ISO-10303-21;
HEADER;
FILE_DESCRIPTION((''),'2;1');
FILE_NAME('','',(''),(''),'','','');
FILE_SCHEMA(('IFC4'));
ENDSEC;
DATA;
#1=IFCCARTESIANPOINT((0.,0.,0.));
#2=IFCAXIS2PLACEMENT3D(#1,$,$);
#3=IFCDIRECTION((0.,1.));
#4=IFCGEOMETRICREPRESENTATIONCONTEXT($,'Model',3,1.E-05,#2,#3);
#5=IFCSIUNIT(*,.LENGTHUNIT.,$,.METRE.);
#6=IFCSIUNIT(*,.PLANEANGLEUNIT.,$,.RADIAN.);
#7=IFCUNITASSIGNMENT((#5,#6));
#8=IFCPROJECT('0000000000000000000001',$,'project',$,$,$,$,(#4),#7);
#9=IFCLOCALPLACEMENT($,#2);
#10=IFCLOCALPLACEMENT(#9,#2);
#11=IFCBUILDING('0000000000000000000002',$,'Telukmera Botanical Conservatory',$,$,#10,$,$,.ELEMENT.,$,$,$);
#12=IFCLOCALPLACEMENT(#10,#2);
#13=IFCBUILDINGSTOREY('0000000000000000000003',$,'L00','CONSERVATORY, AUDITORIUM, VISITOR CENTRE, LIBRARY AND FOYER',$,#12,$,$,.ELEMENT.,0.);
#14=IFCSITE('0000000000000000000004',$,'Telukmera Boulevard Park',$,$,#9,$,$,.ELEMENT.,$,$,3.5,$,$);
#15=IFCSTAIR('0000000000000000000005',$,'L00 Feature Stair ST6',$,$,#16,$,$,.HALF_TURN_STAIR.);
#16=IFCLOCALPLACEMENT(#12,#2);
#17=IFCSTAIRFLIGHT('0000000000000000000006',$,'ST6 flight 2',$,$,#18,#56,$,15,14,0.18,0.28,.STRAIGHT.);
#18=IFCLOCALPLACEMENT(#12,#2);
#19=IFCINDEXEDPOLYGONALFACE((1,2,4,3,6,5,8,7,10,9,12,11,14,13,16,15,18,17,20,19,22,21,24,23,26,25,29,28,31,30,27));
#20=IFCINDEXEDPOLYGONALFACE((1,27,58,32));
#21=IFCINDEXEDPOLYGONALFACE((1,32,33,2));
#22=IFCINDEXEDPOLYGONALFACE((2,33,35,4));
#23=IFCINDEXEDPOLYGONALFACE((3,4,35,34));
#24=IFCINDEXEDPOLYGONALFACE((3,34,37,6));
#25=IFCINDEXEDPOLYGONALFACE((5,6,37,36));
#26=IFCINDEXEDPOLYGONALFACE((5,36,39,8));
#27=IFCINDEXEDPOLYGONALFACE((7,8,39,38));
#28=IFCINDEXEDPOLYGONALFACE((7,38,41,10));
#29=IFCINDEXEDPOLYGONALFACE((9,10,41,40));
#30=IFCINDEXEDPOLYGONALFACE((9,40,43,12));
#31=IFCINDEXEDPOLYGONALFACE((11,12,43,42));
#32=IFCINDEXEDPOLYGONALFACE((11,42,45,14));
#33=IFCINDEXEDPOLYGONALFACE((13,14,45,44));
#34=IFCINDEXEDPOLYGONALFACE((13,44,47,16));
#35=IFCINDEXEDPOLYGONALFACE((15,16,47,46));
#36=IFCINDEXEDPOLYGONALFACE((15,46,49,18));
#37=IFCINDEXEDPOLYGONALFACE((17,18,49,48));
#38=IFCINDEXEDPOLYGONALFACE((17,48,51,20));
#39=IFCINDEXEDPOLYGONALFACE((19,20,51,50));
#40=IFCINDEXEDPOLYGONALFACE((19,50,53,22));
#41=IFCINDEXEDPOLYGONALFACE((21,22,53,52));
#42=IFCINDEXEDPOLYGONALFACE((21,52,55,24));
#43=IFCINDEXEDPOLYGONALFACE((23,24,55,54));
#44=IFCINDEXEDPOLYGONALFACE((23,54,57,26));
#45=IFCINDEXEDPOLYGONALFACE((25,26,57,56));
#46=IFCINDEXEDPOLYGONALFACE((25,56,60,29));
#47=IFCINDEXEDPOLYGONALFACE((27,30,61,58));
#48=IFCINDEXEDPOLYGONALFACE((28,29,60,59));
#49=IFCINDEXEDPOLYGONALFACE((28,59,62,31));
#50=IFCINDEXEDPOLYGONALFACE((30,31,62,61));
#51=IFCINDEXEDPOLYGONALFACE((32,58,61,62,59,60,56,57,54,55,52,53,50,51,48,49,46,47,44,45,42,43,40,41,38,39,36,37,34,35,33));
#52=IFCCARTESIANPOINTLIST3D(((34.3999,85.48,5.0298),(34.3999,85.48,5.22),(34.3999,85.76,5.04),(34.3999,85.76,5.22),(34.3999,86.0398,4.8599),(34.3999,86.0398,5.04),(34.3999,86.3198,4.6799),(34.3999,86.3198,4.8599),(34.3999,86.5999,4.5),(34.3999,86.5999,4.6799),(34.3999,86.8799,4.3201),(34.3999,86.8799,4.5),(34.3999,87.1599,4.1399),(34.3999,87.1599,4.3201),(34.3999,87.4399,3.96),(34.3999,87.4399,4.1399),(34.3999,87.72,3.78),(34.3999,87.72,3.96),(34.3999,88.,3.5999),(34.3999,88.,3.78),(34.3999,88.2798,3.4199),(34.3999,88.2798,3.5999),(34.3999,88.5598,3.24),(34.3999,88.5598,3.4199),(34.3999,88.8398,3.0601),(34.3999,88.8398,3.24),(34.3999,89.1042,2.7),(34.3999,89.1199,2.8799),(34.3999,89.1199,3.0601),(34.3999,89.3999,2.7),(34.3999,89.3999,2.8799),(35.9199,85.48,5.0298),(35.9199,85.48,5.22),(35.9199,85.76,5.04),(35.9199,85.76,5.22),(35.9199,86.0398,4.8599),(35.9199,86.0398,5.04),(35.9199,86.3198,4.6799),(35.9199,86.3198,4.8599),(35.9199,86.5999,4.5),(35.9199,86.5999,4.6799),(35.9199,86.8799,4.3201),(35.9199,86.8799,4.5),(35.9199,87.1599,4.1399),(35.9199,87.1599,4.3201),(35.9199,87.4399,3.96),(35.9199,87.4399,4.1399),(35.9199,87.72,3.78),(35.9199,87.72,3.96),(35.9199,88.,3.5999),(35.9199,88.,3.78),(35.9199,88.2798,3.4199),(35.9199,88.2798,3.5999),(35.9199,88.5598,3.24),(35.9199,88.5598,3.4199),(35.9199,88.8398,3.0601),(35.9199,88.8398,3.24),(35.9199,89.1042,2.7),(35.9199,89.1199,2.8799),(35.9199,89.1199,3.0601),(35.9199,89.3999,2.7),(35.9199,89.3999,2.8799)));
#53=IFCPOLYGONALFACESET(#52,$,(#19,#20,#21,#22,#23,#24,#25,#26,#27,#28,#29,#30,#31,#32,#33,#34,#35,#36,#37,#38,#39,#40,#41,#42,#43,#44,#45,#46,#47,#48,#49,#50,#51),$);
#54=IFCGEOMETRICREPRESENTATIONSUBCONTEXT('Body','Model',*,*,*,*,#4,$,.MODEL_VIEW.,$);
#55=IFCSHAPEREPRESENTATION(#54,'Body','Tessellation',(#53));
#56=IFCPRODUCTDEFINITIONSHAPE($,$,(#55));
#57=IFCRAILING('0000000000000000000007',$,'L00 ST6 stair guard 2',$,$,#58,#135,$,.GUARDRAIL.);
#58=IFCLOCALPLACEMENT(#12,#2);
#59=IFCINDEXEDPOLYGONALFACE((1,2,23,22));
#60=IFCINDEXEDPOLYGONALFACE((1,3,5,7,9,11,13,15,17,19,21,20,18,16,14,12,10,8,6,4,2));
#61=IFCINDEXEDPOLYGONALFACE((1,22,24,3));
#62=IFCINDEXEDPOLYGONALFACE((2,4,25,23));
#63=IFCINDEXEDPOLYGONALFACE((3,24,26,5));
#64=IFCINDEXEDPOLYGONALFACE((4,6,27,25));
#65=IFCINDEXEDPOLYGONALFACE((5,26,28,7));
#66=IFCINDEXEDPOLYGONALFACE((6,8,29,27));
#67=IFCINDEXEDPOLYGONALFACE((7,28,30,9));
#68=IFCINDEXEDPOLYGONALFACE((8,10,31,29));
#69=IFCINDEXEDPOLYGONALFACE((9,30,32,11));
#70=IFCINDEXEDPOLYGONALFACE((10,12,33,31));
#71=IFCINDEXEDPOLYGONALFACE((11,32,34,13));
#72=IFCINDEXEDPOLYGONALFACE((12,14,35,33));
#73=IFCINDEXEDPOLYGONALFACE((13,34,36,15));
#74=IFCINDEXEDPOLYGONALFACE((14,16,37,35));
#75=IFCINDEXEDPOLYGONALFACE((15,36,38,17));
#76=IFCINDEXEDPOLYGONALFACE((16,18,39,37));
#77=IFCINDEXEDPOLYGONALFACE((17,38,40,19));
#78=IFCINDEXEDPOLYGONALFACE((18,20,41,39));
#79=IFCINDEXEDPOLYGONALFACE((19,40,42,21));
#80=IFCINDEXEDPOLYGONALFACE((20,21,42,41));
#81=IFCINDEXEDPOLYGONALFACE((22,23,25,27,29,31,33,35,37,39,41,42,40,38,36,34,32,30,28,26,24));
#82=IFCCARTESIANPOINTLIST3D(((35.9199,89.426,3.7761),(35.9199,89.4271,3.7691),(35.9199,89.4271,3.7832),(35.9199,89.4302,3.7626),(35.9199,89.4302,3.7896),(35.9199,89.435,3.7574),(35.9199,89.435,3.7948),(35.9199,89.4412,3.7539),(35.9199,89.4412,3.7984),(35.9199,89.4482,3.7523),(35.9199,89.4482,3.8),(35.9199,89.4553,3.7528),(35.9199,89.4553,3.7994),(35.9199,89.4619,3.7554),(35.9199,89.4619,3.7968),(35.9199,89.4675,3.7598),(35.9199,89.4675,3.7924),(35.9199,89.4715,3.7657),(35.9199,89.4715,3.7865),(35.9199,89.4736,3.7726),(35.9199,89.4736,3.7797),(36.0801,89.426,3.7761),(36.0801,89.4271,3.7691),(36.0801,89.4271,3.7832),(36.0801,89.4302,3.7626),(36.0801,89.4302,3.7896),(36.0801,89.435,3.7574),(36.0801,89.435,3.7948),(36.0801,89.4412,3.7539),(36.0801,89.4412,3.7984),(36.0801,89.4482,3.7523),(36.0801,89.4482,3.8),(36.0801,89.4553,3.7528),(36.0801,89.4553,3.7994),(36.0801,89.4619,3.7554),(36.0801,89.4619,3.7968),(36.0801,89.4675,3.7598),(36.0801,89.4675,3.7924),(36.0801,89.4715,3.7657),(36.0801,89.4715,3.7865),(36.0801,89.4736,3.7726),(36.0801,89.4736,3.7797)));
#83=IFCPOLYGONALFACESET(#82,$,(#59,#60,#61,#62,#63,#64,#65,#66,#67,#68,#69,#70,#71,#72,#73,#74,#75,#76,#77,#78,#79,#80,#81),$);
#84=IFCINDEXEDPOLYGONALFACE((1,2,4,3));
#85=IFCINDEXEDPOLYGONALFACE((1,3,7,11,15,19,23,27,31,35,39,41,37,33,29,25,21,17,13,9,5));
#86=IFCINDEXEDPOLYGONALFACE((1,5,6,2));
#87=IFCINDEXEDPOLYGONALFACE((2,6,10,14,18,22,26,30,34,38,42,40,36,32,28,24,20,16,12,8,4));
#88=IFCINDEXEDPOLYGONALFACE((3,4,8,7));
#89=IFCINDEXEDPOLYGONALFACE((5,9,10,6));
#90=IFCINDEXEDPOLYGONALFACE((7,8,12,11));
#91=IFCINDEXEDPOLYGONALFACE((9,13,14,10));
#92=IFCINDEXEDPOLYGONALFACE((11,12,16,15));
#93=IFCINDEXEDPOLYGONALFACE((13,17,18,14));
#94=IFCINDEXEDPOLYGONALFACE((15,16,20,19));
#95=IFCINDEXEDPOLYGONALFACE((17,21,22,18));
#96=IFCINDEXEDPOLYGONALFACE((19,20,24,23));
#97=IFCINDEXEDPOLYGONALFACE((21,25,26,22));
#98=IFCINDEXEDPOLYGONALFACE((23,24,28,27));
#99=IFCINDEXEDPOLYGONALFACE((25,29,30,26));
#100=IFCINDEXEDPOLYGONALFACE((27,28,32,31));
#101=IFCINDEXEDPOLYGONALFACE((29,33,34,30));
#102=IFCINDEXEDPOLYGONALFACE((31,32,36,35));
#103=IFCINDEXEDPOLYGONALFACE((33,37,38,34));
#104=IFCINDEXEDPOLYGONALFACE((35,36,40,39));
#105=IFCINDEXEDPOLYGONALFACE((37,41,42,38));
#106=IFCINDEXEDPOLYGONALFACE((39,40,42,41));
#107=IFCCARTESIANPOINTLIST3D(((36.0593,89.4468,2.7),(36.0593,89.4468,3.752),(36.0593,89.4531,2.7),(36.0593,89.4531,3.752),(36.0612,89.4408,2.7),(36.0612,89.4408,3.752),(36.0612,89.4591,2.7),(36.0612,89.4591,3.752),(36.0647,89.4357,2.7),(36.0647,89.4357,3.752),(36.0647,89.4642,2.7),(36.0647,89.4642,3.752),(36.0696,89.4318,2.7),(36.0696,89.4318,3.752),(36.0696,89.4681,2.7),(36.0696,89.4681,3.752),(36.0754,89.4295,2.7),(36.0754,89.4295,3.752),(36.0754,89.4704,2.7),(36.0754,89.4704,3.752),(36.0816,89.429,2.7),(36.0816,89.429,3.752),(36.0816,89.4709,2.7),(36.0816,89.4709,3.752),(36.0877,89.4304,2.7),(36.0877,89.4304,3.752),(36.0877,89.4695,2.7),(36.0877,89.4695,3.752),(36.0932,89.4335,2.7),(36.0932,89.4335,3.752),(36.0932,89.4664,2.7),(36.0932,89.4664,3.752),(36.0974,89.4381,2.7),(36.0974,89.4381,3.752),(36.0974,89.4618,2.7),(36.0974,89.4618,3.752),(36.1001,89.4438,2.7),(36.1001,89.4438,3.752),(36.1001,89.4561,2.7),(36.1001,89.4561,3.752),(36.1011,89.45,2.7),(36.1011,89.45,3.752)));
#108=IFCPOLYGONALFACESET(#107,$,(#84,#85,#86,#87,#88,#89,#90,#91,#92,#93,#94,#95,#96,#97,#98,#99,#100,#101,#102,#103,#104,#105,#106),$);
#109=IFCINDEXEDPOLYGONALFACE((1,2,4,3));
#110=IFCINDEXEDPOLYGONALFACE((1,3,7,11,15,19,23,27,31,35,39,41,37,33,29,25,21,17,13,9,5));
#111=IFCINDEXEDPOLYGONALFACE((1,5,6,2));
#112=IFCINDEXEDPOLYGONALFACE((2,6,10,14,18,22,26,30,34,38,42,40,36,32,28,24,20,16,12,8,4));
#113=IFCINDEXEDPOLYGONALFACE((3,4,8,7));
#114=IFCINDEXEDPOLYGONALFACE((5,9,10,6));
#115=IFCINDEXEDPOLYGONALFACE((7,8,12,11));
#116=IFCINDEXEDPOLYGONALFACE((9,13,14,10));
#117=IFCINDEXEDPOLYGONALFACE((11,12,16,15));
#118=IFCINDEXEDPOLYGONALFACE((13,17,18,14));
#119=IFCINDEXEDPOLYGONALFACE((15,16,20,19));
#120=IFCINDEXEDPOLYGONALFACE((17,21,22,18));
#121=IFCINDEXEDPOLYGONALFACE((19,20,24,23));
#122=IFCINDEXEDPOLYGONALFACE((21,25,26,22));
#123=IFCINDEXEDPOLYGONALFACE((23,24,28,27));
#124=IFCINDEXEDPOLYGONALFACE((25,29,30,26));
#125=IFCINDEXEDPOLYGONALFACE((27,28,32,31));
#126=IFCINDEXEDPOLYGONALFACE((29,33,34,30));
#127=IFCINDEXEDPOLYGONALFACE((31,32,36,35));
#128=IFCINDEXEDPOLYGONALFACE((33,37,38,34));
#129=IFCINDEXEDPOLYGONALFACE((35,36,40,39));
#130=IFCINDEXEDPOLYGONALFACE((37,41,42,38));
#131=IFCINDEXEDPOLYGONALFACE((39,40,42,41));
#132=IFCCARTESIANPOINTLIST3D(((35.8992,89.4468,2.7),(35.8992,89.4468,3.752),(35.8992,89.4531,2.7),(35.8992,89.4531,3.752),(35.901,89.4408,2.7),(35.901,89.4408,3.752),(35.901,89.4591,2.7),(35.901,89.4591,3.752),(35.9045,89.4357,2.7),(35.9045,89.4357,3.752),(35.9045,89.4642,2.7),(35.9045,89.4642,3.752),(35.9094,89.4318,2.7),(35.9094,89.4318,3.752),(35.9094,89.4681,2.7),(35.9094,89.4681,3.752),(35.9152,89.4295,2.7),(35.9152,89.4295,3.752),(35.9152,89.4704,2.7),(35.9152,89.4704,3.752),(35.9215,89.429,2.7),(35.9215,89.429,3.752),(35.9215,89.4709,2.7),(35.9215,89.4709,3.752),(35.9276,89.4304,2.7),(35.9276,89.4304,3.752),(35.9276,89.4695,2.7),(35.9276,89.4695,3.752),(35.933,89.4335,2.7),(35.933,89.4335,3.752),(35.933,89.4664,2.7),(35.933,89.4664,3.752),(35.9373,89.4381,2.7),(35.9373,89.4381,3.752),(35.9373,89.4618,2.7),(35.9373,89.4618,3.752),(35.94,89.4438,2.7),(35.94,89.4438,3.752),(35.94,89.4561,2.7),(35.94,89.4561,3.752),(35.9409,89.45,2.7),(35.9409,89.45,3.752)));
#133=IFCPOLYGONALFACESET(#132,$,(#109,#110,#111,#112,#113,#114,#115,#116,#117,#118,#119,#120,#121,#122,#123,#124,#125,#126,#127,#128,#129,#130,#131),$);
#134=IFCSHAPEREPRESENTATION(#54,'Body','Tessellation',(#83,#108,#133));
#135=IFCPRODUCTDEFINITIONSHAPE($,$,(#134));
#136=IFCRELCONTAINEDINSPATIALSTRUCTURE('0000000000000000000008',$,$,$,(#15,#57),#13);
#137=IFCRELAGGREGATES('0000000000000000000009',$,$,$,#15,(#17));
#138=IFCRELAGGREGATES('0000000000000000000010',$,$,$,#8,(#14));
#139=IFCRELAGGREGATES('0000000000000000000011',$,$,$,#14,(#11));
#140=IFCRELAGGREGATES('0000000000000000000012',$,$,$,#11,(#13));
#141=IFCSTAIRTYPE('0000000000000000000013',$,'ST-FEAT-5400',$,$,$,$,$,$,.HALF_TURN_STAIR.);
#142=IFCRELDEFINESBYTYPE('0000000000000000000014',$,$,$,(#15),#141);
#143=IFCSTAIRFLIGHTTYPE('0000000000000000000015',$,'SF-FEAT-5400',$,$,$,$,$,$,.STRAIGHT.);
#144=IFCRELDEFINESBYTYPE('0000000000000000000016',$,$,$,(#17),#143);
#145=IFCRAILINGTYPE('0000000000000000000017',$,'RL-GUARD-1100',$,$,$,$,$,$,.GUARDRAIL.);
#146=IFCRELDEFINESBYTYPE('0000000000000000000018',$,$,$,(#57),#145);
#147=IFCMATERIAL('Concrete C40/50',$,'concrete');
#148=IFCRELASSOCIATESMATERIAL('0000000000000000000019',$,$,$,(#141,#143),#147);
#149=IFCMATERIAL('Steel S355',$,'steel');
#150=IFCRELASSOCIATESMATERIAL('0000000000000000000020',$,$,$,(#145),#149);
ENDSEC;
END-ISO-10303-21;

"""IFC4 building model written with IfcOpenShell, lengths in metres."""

from ifc_helpers import new_model, si_unit, direction, frame, origin, origin_2d, place, context, subcontext, project, spatial, polyline, circle, outline, extrude, material, type_object, element, aggregate, save


model = new_model("IFC4")

# Units and contexts
model_context = context("Model", 3, precision=1e-05, world=origin(), true_north=direction((0.0, 1.0)))
body_context = subcontext(model_context, "Body", "Model", "MODEL_VIEW")
ifc_project = project(units=[si_unit("LENGTHUNIT", "METRE"), si_unit("PLANEANGLEUNIT", "RADIAN")], contexts=[model_context])

# Site, building, storey
site_placement = place(None, origin())
site = spatial("IfcSite", under=ifc_project, at=site_placement, Name="Telukmera Boulevard Park", CompositionType="ELEMENT", RefElevation=3.5)
building_placement = place(site_placement, origin())
building = spatial("IfcBuilding", under=site, at=building_placement, Name="Telukmera Botanical Conservatory", CompositionType="ELEMENT")
storey_placement = place(building_placement, origin())
storey = spatial("IfcBuildingStorey", under=building, at=storey_placement, Name="L00", Description="CONSERVATORY, AUDITORIUM, VISITOR CENTRE, LIBRARY AND FOYER", CompositionType="ELEMENT", Elevation=0.0)

# Shared definitions
ifc_material_1 = material(Name="Steel S355", Category="steel")

# Shared definitions
ifc_material_2 = material(Name="Concrete C40/50", Category="concrete")

# Stair, stair flight
stair_type = type_object("IfcStairType", Name="ST-FEAT-5400", PredefinedType="HALF_TURN_STAIR", material=ifc_material_2)
stair_placement = place(storey_placement, origin())
stair = element("IfcStair", 1, at=stair_placement, inside=storey, type_object=stair_type, Name="L00 Feature Stair ST6", PredefinedType="HALF_TURN_STAIR")
stair_flight_type = type_object("IfcStairFlightType", Name="SF-FEAT-5400", PredefinedType="STRAIGHT", material=ifc_material_2)
stair_flight_placement = place(storey_placement, frame((35.1599, 89.3999, 2.7), z_axis=(0.0, 0.0, 1.0), x_axis=(0.0, -1.0, 0.0)))
stair_flight = element("IfcStairFlight", 2, at=stair_flight_placement, type_object=stair_flight_type, Name="ST6 flight 2", NumberOfRisers=15, NumberOfTreads=14, PredefinedType="STRAIGHT", RiserHeight=0.18, TreadLength=0.28, context=body_context, shape_type="SweptSolid", body=[
    extrude(outline(polyline([(0.0, 0.0), (0.0, 0.1799), (0.28, 0.1799), (0.28, 0.3601), (0.5601, 0.3601), (0.5601, 0.54), (0.8401, 0.54), (0.8401, 0.72), (1.1201, 0.72), (1.1201, 0.8999), (1.3999, 0.8999), (1.3999, 1.0801), (1.6799, 1.0801), (1.6799, 1.26), (1.96, 1.26), (1.96, 1.4399), (2.24, 1.4399), (2.24, 1.6201), (2.52, 1.6201), (2.52, 1.8), (2.8, 1.8), (2.8, 1.98), (3.0801, 1.98), (3.0801, 2.1599), (3.3601, 2.1599), (3.3601, 2.3401), (3.6399, 2.3401), (3.6399, 2.52), (3.9199, 2.52), (3.9199, 2.7), (3.9199, 2.3298), (0.2957, 0.0), (0.0, 0.0)])), frame((0.0, 0.76, 0.0), z_axis=(0.0, -1.0, 0.0), x_axis=(1.0, 0.0, 0.0)), (0.0, 0.0, 1.0), 1.52),
])
aggregate(stair, [stair_flight])

# Railing
railing_type_1 = type_object("IfcRailingType", Name="RL-GUARD-1100", PredefinedType="GUARDRAIL", material=ifc_material_1)
railing_1_placement = place(storey_placement, frame((36.0801, 89.45, 2.7)))
element("IfcRailing", 3, at=railing_1_placement, inside=storey, type_object=railing_type_1, Name="L00 ST6 stair guard 2", PredefinedType="GUARDRAIL", context=body_context, shape_type="SweptSolid", body=[
    extrude(circle(Radius=0.0239, at=origin_2d()), frame((0.0, 0.0, 1.0762), z_axis=(-1.0, 0.0, 0.0), x_axis=(0.0, -1.0, 0.0)), (0.0, 0.0, 1.0), 0.1602),
    extrude(circle(Radius=0.021, at=origin_2d()), origin(), (0.0, 0.0, 1.0), 1.052),
    extrude(circle(Radius=0.021, at=origin_2d()), frame((-0.1602, 0.0, 0.0)), (0.0, 0.0, 1.0), 1.052),
])

save(model, "model.ifc")
